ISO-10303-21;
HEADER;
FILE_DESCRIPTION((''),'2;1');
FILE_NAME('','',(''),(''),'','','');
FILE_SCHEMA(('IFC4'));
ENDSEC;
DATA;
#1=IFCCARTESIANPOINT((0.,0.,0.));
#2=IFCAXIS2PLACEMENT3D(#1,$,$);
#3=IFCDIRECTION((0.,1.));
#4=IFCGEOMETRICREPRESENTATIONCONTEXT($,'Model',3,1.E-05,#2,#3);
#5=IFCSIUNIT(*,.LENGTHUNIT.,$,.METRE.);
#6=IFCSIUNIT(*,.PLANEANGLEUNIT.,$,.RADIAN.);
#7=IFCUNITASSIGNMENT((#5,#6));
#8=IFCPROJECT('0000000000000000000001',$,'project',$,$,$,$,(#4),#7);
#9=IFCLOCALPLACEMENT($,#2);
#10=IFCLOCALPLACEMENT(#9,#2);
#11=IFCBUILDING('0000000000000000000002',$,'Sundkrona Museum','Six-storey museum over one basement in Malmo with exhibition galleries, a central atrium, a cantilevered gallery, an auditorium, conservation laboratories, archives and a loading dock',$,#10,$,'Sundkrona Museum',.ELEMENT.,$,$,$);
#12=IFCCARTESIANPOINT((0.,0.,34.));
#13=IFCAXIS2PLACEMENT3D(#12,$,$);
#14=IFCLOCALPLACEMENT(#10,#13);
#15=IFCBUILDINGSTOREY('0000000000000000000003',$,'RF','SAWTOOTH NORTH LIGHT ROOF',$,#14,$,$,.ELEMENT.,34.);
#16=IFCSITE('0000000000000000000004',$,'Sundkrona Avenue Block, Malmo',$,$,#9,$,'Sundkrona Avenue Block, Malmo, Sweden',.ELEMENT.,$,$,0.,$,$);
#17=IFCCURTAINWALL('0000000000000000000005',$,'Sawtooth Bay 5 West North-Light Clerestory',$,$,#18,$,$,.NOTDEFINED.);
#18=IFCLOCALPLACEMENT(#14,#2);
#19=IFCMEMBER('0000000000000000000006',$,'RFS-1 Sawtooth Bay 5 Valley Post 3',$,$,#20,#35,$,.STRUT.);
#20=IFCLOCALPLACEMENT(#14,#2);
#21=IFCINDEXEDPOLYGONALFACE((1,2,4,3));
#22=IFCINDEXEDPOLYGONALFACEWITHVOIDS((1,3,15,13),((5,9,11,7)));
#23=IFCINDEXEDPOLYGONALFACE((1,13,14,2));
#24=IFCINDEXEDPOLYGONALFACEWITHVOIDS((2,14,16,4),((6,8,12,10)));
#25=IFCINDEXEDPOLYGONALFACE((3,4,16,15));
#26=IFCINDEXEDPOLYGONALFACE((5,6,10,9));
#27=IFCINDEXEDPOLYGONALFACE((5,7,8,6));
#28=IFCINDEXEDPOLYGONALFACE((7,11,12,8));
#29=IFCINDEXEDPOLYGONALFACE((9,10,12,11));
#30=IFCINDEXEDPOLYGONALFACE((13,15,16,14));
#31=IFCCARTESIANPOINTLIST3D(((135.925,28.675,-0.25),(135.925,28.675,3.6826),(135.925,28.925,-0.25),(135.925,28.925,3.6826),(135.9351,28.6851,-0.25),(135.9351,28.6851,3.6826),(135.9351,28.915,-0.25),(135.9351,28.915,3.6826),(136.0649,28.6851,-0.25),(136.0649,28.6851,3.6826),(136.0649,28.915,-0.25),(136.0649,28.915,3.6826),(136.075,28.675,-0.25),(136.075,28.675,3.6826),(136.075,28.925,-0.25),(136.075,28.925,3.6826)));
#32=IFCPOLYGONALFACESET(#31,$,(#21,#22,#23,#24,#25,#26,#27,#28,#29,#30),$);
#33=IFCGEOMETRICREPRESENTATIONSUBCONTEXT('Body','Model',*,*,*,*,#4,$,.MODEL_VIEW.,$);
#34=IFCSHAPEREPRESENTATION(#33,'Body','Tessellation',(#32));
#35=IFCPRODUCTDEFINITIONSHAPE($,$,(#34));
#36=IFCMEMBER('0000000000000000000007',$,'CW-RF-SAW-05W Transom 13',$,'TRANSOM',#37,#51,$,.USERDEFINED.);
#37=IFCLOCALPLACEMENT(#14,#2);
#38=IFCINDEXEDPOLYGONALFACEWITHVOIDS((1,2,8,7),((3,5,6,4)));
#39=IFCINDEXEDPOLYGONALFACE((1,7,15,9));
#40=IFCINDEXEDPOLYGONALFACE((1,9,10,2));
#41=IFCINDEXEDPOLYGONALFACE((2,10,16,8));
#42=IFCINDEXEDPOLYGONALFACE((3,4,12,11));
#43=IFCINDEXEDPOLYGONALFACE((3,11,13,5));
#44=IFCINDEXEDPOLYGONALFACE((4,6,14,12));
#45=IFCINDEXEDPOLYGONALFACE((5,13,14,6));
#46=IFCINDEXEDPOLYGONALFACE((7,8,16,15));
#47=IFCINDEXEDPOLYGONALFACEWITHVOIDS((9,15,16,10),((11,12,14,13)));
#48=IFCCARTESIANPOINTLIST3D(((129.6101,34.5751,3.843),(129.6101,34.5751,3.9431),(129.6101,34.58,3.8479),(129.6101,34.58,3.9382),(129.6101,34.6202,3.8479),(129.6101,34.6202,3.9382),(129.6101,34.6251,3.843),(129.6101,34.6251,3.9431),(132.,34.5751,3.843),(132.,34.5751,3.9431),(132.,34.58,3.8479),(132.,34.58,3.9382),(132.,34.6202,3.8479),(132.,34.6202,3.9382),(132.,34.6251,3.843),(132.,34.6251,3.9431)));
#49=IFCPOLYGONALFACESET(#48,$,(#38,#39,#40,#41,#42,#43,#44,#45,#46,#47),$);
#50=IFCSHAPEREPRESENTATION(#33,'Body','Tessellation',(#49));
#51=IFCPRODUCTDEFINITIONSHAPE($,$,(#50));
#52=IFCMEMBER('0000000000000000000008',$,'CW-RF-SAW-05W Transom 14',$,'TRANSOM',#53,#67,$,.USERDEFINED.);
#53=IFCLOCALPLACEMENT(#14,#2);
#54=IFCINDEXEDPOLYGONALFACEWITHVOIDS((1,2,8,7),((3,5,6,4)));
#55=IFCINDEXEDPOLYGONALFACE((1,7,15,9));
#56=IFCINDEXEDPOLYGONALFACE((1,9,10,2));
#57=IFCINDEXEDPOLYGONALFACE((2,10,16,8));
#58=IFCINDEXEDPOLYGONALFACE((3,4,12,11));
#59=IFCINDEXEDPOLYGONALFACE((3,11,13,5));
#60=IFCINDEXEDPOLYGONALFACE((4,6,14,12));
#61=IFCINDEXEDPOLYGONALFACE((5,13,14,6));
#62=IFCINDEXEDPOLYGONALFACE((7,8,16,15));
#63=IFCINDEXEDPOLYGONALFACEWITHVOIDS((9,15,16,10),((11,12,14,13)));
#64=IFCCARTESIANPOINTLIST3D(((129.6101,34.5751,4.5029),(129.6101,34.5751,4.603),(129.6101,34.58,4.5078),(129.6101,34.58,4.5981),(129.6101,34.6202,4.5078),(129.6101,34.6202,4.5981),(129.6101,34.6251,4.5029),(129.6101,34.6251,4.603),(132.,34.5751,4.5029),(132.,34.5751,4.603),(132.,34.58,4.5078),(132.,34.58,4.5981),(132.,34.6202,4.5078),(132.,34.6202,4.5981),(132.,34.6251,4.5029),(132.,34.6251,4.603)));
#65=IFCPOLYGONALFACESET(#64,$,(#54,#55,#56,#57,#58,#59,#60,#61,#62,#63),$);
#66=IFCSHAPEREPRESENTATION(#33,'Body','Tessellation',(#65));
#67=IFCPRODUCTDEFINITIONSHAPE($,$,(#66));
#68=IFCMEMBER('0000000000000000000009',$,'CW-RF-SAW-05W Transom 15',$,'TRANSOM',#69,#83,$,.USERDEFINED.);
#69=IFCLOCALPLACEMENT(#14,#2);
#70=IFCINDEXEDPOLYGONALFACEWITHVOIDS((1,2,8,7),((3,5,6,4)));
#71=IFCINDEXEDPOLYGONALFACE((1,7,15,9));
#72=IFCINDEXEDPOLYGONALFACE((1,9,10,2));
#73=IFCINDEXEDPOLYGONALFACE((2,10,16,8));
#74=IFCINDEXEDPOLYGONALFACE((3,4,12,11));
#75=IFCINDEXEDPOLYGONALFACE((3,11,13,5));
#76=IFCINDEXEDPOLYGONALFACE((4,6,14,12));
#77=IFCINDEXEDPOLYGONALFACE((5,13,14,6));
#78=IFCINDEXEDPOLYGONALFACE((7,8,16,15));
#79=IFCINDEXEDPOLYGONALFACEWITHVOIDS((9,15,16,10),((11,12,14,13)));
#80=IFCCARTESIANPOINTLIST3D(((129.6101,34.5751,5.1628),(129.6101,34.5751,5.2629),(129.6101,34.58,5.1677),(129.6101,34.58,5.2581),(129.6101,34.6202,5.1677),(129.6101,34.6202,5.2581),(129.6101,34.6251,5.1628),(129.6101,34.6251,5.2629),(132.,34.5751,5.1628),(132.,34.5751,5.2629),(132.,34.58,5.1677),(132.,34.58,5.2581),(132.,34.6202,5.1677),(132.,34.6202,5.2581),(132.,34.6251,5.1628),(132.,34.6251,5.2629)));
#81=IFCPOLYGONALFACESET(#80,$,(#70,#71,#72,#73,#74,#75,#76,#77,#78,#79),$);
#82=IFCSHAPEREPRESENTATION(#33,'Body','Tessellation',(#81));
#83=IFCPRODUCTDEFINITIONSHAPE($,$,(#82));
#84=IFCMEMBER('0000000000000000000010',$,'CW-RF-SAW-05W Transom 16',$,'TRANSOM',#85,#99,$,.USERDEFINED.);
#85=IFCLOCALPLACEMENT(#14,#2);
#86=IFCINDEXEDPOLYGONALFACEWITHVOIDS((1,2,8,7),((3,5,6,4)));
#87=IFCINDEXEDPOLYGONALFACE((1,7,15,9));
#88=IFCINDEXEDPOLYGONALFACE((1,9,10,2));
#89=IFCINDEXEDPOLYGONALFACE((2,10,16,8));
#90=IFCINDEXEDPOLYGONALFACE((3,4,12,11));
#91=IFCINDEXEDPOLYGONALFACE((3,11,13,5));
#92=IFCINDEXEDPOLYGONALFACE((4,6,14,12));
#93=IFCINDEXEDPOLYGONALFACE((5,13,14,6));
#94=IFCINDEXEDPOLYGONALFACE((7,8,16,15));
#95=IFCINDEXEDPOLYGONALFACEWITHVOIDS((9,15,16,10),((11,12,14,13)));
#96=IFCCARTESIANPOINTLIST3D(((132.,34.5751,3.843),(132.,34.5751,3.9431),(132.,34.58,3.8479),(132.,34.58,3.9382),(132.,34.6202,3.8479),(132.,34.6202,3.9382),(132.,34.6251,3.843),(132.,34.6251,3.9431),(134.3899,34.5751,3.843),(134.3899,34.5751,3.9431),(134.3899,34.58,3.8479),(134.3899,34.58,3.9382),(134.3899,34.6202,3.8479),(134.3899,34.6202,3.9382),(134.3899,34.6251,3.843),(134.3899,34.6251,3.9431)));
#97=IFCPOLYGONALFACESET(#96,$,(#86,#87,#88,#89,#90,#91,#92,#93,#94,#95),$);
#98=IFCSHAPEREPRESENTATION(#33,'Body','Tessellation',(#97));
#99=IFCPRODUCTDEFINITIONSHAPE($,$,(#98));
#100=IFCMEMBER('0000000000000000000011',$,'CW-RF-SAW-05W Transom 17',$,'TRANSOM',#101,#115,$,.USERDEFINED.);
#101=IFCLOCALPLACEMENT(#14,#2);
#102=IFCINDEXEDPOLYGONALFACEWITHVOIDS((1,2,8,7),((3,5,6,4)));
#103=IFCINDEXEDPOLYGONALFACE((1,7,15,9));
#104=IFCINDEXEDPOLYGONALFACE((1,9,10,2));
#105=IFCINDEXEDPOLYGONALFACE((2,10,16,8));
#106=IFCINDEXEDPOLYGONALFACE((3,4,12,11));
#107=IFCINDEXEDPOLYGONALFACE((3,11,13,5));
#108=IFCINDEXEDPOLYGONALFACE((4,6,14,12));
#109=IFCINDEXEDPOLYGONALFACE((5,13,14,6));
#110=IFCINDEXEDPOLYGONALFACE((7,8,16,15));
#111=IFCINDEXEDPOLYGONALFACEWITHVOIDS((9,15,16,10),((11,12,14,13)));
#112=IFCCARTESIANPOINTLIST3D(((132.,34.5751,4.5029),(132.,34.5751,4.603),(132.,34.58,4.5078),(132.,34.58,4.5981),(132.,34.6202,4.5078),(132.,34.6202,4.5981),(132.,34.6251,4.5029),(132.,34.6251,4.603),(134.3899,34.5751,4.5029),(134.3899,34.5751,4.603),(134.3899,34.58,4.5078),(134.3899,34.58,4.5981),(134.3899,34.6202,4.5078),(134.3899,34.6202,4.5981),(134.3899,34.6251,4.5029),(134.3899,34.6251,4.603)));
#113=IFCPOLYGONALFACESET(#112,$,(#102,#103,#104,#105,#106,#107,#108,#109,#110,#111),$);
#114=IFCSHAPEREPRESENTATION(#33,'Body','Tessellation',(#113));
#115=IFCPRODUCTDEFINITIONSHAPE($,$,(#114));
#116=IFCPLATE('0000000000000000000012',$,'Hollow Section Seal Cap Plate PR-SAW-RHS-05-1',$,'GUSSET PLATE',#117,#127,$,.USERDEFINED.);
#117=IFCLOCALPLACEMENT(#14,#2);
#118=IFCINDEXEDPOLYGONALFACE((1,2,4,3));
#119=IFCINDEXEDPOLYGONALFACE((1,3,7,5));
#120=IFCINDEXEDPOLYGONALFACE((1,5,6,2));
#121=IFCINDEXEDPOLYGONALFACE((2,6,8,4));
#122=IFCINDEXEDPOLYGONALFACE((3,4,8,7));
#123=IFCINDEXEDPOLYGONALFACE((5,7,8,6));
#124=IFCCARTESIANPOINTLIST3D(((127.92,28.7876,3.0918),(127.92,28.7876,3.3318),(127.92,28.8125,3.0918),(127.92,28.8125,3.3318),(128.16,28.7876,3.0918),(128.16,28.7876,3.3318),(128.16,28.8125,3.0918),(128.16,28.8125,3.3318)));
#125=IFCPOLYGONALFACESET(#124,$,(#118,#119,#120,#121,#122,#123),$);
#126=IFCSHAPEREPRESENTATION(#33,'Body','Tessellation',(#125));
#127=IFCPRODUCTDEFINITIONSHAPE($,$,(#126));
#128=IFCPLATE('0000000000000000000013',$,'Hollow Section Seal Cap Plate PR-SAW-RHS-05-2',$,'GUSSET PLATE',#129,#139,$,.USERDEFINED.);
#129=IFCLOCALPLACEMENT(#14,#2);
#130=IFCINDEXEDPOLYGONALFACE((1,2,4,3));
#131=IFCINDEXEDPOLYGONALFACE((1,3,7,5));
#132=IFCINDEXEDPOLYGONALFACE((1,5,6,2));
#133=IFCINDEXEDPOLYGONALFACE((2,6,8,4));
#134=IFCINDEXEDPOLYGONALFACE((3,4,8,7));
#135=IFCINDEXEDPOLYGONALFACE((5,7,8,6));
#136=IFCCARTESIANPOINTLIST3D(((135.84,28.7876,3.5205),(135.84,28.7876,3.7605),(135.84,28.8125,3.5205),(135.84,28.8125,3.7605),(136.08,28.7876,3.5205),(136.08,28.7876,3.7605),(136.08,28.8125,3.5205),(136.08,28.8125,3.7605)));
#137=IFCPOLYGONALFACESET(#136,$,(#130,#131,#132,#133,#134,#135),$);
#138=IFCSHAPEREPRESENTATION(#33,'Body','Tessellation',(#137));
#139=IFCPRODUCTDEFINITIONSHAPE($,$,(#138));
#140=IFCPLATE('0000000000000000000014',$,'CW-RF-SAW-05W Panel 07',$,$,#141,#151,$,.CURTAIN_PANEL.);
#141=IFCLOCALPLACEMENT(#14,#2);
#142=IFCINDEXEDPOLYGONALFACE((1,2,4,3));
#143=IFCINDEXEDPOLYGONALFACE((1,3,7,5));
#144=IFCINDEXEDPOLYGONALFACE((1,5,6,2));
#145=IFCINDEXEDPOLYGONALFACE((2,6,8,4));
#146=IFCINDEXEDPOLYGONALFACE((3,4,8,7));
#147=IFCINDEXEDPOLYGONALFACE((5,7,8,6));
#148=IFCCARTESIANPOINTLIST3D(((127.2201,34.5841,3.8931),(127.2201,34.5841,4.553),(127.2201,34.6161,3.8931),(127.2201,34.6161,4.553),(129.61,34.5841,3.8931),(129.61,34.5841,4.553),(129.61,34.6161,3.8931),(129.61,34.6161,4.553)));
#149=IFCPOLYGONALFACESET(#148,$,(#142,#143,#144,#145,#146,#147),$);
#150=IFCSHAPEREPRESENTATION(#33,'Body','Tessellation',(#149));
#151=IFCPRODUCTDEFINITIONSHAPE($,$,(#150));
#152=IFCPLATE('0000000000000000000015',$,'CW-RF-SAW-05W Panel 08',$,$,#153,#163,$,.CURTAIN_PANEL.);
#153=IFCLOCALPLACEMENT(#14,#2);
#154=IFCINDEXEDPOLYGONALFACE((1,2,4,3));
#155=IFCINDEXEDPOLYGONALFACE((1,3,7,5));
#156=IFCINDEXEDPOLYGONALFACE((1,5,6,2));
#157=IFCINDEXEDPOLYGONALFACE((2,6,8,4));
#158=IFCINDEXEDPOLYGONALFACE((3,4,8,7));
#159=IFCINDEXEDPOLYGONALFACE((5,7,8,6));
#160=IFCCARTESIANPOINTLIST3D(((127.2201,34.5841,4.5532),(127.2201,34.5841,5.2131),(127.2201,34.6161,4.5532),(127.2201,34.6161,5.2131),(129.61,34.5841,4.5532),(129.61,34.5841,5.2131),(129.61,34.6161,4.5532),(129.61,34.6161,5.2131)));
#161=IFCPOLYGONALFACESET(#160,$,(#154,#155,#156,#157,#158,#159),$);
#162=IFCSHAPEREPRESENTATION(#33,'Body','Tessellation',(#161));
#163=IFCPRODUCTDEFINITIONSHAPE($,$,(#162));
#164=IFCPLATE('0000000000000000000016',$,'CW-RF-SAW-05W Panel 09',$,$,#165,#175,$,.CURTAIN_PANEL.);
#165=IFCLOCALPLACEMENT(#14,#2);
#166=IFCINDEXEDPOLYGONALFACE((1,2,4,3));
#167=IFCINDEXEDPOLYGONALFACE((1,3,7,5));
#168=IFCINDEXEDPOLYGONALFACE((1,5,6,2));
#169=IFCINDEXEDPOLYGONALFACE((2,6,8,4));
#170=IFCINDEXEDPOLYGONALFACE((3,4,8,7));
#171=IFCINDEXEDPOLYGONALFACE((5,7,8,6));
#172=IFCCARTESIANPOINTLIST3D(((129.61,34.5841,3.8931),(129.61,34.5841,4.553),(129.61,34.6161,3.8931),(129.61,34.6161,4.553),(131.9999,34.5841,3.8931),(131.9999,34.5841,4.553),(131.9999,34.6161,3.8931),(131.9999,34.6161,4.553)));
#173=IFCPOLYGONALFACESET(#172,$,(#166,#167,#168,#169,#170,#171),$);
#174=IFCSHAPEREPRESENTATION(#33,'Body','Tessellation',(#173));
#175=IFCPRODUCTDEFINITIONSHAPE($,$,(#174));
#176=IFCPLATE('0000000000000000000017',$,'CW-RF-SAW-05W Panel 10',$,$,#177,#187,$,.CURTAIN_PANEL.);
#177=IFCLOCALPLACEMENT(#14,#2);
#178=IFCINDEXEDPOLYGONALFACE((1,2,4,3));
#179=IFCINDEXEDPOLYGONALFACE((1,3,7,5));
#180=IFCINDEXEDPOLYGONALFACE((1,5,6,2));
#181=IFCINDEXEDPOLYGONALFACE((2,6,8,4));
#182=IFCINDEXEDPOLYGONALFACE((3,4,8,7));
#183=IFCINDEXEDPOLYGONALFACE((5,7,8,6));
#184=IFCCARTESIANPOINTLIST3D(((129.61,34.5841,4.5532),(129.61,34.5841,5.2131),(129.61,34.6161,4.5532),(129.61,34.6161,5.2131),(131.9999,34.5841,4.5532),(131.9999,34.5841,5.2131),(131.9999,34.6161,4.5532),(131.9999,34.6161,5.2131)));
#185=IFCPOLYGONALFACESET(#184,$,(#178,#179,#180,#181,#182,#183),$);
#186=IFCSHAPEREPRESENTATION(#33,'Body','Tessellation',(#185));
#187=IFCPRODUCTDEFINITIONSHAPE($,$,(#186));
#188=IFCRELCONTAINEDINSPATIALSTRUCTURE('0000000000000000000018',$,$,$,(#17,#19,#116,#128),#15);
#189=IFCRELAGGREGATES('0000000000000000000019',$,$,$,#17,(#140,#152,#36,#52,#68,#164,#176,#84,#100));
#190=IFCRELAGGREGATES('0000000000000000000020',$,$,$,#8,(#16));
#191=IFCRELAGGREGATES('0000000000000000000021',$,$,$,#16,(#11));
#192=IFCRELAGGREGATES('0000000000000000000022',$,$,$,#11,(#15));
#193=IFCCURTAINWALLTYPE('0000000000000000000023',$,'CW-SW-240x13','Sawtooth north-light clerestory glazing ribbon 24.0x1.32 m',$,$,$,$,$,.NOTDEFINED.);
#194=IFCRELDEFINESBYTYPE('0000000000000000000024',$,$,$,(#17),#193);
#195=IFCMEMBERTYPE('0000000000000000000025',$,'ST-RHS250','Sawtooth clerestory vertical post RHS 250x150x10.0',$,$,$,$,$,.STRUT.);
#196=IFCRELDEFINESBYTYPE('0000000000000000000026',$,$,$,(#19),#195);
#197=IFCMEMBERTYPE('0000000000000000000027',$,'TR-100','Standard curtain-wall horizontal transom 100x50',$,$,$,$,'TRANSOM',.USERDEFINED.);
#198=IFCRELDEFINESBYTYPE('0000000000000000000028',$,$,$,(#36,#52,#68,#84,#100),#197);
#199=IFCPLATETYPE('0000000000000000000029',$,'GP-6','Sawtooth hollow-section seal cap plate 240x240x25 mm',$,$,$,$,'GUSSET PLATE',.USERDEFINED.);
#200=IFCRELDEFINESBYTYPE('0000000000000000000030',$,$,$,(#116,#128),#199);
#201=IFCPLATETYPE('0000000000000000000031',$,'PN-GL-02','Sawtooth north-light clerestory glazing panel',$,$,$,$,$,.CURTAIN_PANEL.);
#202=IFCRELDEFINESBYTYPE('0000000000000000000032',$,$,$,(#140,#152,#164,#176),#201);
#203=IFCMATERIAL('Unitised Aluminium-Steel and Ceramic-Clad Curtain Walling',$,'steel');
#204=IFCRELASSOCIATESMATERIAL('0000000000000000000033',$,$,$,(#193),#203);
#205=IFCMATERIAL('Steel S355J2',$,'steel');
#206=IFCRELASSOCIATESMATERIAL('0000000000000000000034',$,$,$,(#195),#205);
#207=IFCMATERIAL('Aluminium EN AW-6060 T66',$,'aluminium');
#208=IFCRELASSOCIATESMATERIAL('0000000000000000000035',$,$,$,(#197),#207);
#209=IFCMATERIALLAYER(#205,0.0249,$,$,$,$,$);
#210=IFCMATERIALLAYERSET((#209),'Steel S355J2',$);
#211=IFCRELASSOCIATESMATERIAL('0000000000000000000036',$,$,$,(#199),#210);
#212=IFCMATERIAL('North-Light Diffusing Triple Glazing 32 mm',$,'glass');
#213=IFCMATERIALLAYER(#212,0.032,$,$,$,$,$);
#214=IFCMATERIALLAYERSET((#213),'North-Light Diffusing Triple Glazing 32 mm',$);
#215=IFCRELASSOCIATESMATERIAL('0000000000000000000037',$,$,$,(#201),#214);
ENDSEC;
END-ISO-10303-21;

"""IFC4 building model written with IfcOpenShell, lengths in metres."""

from ifc_helpers import new_model, si_unit, direction, frame, origin, origin_2d, place, context, subcontext, project, spatial, rectangle, hollow_rectangle, extrude, material, layer, layer_set, material_profile, profile_set, type_object, element, aggregate, save


model = new_model("IFC4")

# Units and contexts
model_context = context("Model", 3, precision=1e-05, world=origin(), true_north=direction((0.0, 1.0)))
body_context = subcontext(model_context, "Body", "Model", "MODEL_VIEW")
ifc_project = project(units=[si_unit("LENGTHUNIT", "METRE"), si_unit("PLANEANGLEUNIT", "RADIAN")], contexts=[model_context])

# Site, building, storey
site_placement = place(None, origin())
site = spatial("IfcSite", under=ifc_project, at=site_placement, Name="Sundkrona Avenue Block, Malmo", LongName="Sundkrona Avenue Block, Malmo, Sweden", CompositionType="ELEMENT", RefElevation=0.0)
building_placement = place(site_placement, origin())
building = spatial("IfcBuilding", under=site, at=building_placement, Name="Sundkrona Museum", Description="Six-storey museum over one basement in Malmo with exhibition galleries, a central atrium, a cantilevered gallery, an auditorium, conservation laboratories, archives and a loading dock", LongName="Sundkrona Museum", CompositionType="ELEMENT")
storey_placement = place(building_placement, frame((0.0, 0.0, 34.0)))
storey = spatial("IfcBuildingStorey", under=building, at=storey_placement, Name="RF", Description="SAWTOOTH NORTH LIGHT ROOF", CompositionType="ELEMENT", Elevation=34.0)

# Curtain wall
ifc_material_1 = material(Name="Unitised Aluminium-Steel and Ceramic-Clad Curtain Walling", Category="steel")
curtain_wall_type = type_object("IfcCurtainWallType", Name="CW-SW-240x13", Description="Sawtooth north-light clerestory glazing ribbon 24.0x1.32 m", PredefinedType="NOTDEFINED", material=ifc_material_1)
curtain_wall_placement = place(storey_placement, origin())
curtain_wall = element("IfcCurtainWall", 1, at=curtain_wall_placement, inside=storey, type_object=curtain_wall_type, Name="Sawtooth Bay 5 West North-Light Clerestory", PredefinedType="NOTDEFINED")
ifc_material_2 = material(Name="Aluminium EN AW-6060 T66", Category="aluminium")

# Member
ifc_material_3 = material(Name="Steel S355J2", Category="steel")
ifc_material_profile_1 = material_profile(ifc_material_3, hollow_rectangle(XDim=0.1499, YDim=0.25, WallThickness=0.01, at=origin_2d()), Name="RHS 250x150x10.0")
ifc_profile_set_1 = profile_set([ifc_material_profile_1], Name="Steel S355J2")
member_type_1 = type_object("IfcMemberType", Name="ST-RHS250", Description="Sawtooth clerestory vertical post RHS 250x150x10.0", PredefinedType="STRUT", material=ifc_profile_set_1)
member_1_placement = place(storey_placement, frame((136.0, 28.8, -0.25), z_axis=(0.0, 0.0, 1.0), x_axis=(1.0, 0.0, 0.0)))
element("IfcMember", 2, at=member_1_placement, inside=storey, type_object=member_type_1, Name="RFS-1 Sawtooth Bay 5 Valley Post 3", PredefinedType="STRUT", context=body_context, shape_type="SweptSolid", body=[
    extrude(hollow_rectangle(XDim=0.1499, YDim=0.25, WallThickness=0.01, at=origin_2d()), origin(), (0.0, 0.0, 1.0), 3.9326),
])

# Members
ifc_material_profile_2 = material_profile(ifc_material_2, hollow_rectangle(XDim=0.05, YDim=0.1001, WallThickness=0.0049, at=origin_2d()), Name="RHS 100x50x5.0")
ifc_profile_set_2 = profile_set([ifc_material_profile_2], Name="Aluminium EN AW-6060 T66")
member_type_2 = type_object("IfcMemberType", Name="TR-100", Description="Standard curtain-wall horizontal transom 100x50", ElementType="TRANSOM", PredefinedType="USERDEFINED", material=ifc_profile_set_2)
member_2_placement = place(storey_placement, frame((129.6101, 34.6001, 3.8931), z_axis=(1.0, 0.0, 0.0), x_axis=(0.0, 1.0, 0.0)))
member_2 = element("IfcMember", 3, at=member_2_placement, type_object=member_type_2, Name="CW-RF-SAW-05W Transom 13", ObjectType="TRANSOM", PredefinedType="USERDEFINED", context=body_context, shape_type="SweptSolid", body=[
    extrude(hollow_rectangle(XDim=0.05, YDim=0.1001, WallThickness=0.0049, at=origin_2d()), origin(), (0.0, 0.0, 1.0), 2.3899),
])
member_3_placement = place(storey_placement, frame((129.6101, 34.6001, 4.553), z_axis=(1.0, 0.0, 0.0), x_axis=(0.0, 1.0, 0.0)))
member_3 = element("IfcMember", 4, at=member_3_placement, type_object=member_type_2, Name="CW-RF-SAW-05W Transom 14", ObjectType="TRANSOM", PredefinedType="USERDEFINED", context=body_context, shape_type="SweptSolid", body=[
    extrude(hollow_rectangle(XDim=0.05, YDim=0.1001, WallThickness=0.0049, at=origin_2d()), origin(), (0.0, 0.0, 1.0), 2.3899),
])
member_4_placement = place(storey_placement, frame((129.6101, 34.6001, 5.2129), z_axis=(1.0, 0.0, 0.0), x_axis=(0.0, 1.0, 0.0)))
member_4 = element("IfcMember", 5, at=member_4_placement, type_object=member_type_2, Name="CW-RF-SAW-05W Transom 15", ObjectType="TRANSOM", PredefinedType="USERDEFINED", context=body_context, shape_type="SweptSolid", body=[
    extrude(hollow_rectangle(XDim=0.05, YDim=0.1001, WallThickness=0.0049, at=origin_2d()), origin(), (0.0, 0.0, 1.0), 2.3899),
])
member_5_placement = place(storey_placement, frame((132.0, 34.6001, 3.8931), z_axis=(1.0, 0.0, 0.0), x_axis=(0.0, 1.0, 0.0)))
member_5 = element("IfcMember", 6, at=member_5_placement, type_object=member_type_2, Name="CW-RF-SAW-05W Transom 16", ObjectType="TRANSOM", PredefinedType="USERDEFINED", context=body_context, shape_type="SweptSolid", body=[
    extrude(hollow_rectangle(XDim=0.05, YDim=0.1001, WallThickness=0.0049, at=origin_2d()), origin(), (0.0, 0.0, 1.0), 2.3899),
])
member_6_placement = place(storey_placement, frame((132.0, 34.6001, 4.553), z_axis=(1.0, 0.0, 0.0), x_axis=(0.0, 1.0, 0.0)))
member_6 = element("IfcMember", 7, at=member_6_placement, type_object=member_type_2, Name="CW-RF-SAW-05W Transom 17", ObjectType="TRANSOM", PredefinedType="USERDEFINED", context=body_context, shape_type="SweptSolid", body=[
    extrude(hollow_rectangle(XDim=0.05, YDim=0.1001, WallThickness=0.0049, at=origin_2d()), origin(), (0.0, 0.0, 1.0), 2.3899),
])

# Plates
ifc_layer_1 = layer(ifc_material_3, 0.0249)
ifc_layer_set_1 = layer_set([ifc_layer_1], Name="Steel S355J2")
plate_type_1 = type_object("IfcPlateType", Name="GP-6", Description="Sawtooth hollow-section seal cap plate 240x240x25 mm", ElementType="GUSSET PLATE", PredefinedType="USERDEFINED", material=ifc_layer_set_1)
for number, where, z_axis, x_axis, name in (
    (8, (128.04, 28.8, 3.0918), (0.0, 0.0, 1.0), (1.0, 0.0, 0.0), "Hollow Section Seal Cap Plate PR-SAW-RHS-05-1"),
    (9, (135.96, 28.8, 3.5205), (0.0, 0.0, 1.0), (1.0, 0.0, 0.0), "Hollow Section Seal Cap Plate PR-SAW-RHS-05-2"),
):
    element("IfcPlate", number, at=place(storey_placement, frame(where, z_axis=z_axis, x_axis=x_axis)), inside=storey, type_object=plate_type_1, Name=name, ObjectType="GUSSET PLATE", PredefinedType="USERDEFINED", context=body_context, shape_type="SweptSolid", body=[
        extrude(rectangle(XDim=0.24, YDim=0.0249, at=origin_2d()), origin(), (0.0, 0.0, 1.0), 0.24),
    ])

# Plates
ifc_material_4 = material(Name="North-Light Diffusing Triple Glazing 32 mm", Category="glass")
ifc_layer_2 = layer(ifc_material_4, 0.032)
ifc_layer_set_2 = layer_set([ifc_layer_2], Name="North-Light Diffusing Triple Glazing 32 mm")
plate_type_2 = type_object("IfcPlateType", Name="PN-GL-02", Description="Sawtooth north-light clerestory glazing panel", PredefinedType="CURTAIN_PANEL", material=ifc_layer_set_2)
plate_1_placement = place(storey_placement, frame((128.415, 34.6001, 3.8931), z_axis=(0.0, 0.0, 1.0), x_axis=(1.0, 0.0, 0.0)))
plate_1 = element("IfcPlate", 10, at=plate_1_placement, type_object=plate_type_2, Name="CW-RF-SAW-05W Panel 07", PredefinedType="CURTAIN_PANEL", context=body_context, shape_type="SweptSolid", body=[
    extrude(rectangle(XDim=2.3899, YDim=0.032, at=origin_2d()), origin(), (0.0, 0.0, 1.0), 0.6599),
])
plate_2_placement = place(storey_placement, frame((128.415, 34.6001, 4.5532), z_axis=(0.0, 0.0, 1.0), x_axis=(1.0, 0.0, 0.0)))
plate_2 = element("IfcPlate", 11, at=plate_2_placement, type_object=plate_type_2, Name="CW-RF-SAW-05W Panel 08", PredefinedType="CURTAIN_PANEL", context=body_context, shape_type="SweptSolid", body=[
    extrude(rectangle(XDim=2.3899, YDim=0.032, at=origin_2d()), origin(), (0.0, 0.0, 1.0), 0.6599),
])
plate_3_placement = place(storey_placement, frame((130.8049, 34.6001, 3.8931), z_axis=(0.0, 0.0, 1.0), x_axis=(1.0, 0.0, 0.0)))
plate_3 = element("IfcPlate", 12, at=plate_3_placement, type_object=plate_type_2, Name="CW-RF-SAW-05W Panel 09", PredefinedType="CURTAIN_PANEL", context=body_context, shape_type="SweptSolid", body=[
    extrude(rectangle(XDim=2.3899, YDim=0.032, at=origin_2d()), origin(), (0.0, 0.0, 1.0), 0.6599),
])
plate_4_placement = place(storey_placement, frame((130.8049, 34.6001, 4.5532), z_axis=(0.0, 0.0, 1.0), x_axis=(1.0, 0.0, 0.0)))
plate_4 = element("IfcPlate", 13, at=plate_4_placement, type_object=plate_type_2, Name="CW-RF-SAW-05W Panel 10", PredefinedType="CURTAIN_PANEL", context=body_context, shape_type="SweptSolid", body=[
    extrude(rectangle(XDim=2.3899, YDim=0.032, at=origin_2d()), origin(), (0.0, 0.0, 1.0), 0.6599),
])
aggregate(curtain_wall, [plate_1, plate_2, member_2, member_3, member_4, plate_3, plate_4, member_5, member_6])

save(model, "model.ifc")
